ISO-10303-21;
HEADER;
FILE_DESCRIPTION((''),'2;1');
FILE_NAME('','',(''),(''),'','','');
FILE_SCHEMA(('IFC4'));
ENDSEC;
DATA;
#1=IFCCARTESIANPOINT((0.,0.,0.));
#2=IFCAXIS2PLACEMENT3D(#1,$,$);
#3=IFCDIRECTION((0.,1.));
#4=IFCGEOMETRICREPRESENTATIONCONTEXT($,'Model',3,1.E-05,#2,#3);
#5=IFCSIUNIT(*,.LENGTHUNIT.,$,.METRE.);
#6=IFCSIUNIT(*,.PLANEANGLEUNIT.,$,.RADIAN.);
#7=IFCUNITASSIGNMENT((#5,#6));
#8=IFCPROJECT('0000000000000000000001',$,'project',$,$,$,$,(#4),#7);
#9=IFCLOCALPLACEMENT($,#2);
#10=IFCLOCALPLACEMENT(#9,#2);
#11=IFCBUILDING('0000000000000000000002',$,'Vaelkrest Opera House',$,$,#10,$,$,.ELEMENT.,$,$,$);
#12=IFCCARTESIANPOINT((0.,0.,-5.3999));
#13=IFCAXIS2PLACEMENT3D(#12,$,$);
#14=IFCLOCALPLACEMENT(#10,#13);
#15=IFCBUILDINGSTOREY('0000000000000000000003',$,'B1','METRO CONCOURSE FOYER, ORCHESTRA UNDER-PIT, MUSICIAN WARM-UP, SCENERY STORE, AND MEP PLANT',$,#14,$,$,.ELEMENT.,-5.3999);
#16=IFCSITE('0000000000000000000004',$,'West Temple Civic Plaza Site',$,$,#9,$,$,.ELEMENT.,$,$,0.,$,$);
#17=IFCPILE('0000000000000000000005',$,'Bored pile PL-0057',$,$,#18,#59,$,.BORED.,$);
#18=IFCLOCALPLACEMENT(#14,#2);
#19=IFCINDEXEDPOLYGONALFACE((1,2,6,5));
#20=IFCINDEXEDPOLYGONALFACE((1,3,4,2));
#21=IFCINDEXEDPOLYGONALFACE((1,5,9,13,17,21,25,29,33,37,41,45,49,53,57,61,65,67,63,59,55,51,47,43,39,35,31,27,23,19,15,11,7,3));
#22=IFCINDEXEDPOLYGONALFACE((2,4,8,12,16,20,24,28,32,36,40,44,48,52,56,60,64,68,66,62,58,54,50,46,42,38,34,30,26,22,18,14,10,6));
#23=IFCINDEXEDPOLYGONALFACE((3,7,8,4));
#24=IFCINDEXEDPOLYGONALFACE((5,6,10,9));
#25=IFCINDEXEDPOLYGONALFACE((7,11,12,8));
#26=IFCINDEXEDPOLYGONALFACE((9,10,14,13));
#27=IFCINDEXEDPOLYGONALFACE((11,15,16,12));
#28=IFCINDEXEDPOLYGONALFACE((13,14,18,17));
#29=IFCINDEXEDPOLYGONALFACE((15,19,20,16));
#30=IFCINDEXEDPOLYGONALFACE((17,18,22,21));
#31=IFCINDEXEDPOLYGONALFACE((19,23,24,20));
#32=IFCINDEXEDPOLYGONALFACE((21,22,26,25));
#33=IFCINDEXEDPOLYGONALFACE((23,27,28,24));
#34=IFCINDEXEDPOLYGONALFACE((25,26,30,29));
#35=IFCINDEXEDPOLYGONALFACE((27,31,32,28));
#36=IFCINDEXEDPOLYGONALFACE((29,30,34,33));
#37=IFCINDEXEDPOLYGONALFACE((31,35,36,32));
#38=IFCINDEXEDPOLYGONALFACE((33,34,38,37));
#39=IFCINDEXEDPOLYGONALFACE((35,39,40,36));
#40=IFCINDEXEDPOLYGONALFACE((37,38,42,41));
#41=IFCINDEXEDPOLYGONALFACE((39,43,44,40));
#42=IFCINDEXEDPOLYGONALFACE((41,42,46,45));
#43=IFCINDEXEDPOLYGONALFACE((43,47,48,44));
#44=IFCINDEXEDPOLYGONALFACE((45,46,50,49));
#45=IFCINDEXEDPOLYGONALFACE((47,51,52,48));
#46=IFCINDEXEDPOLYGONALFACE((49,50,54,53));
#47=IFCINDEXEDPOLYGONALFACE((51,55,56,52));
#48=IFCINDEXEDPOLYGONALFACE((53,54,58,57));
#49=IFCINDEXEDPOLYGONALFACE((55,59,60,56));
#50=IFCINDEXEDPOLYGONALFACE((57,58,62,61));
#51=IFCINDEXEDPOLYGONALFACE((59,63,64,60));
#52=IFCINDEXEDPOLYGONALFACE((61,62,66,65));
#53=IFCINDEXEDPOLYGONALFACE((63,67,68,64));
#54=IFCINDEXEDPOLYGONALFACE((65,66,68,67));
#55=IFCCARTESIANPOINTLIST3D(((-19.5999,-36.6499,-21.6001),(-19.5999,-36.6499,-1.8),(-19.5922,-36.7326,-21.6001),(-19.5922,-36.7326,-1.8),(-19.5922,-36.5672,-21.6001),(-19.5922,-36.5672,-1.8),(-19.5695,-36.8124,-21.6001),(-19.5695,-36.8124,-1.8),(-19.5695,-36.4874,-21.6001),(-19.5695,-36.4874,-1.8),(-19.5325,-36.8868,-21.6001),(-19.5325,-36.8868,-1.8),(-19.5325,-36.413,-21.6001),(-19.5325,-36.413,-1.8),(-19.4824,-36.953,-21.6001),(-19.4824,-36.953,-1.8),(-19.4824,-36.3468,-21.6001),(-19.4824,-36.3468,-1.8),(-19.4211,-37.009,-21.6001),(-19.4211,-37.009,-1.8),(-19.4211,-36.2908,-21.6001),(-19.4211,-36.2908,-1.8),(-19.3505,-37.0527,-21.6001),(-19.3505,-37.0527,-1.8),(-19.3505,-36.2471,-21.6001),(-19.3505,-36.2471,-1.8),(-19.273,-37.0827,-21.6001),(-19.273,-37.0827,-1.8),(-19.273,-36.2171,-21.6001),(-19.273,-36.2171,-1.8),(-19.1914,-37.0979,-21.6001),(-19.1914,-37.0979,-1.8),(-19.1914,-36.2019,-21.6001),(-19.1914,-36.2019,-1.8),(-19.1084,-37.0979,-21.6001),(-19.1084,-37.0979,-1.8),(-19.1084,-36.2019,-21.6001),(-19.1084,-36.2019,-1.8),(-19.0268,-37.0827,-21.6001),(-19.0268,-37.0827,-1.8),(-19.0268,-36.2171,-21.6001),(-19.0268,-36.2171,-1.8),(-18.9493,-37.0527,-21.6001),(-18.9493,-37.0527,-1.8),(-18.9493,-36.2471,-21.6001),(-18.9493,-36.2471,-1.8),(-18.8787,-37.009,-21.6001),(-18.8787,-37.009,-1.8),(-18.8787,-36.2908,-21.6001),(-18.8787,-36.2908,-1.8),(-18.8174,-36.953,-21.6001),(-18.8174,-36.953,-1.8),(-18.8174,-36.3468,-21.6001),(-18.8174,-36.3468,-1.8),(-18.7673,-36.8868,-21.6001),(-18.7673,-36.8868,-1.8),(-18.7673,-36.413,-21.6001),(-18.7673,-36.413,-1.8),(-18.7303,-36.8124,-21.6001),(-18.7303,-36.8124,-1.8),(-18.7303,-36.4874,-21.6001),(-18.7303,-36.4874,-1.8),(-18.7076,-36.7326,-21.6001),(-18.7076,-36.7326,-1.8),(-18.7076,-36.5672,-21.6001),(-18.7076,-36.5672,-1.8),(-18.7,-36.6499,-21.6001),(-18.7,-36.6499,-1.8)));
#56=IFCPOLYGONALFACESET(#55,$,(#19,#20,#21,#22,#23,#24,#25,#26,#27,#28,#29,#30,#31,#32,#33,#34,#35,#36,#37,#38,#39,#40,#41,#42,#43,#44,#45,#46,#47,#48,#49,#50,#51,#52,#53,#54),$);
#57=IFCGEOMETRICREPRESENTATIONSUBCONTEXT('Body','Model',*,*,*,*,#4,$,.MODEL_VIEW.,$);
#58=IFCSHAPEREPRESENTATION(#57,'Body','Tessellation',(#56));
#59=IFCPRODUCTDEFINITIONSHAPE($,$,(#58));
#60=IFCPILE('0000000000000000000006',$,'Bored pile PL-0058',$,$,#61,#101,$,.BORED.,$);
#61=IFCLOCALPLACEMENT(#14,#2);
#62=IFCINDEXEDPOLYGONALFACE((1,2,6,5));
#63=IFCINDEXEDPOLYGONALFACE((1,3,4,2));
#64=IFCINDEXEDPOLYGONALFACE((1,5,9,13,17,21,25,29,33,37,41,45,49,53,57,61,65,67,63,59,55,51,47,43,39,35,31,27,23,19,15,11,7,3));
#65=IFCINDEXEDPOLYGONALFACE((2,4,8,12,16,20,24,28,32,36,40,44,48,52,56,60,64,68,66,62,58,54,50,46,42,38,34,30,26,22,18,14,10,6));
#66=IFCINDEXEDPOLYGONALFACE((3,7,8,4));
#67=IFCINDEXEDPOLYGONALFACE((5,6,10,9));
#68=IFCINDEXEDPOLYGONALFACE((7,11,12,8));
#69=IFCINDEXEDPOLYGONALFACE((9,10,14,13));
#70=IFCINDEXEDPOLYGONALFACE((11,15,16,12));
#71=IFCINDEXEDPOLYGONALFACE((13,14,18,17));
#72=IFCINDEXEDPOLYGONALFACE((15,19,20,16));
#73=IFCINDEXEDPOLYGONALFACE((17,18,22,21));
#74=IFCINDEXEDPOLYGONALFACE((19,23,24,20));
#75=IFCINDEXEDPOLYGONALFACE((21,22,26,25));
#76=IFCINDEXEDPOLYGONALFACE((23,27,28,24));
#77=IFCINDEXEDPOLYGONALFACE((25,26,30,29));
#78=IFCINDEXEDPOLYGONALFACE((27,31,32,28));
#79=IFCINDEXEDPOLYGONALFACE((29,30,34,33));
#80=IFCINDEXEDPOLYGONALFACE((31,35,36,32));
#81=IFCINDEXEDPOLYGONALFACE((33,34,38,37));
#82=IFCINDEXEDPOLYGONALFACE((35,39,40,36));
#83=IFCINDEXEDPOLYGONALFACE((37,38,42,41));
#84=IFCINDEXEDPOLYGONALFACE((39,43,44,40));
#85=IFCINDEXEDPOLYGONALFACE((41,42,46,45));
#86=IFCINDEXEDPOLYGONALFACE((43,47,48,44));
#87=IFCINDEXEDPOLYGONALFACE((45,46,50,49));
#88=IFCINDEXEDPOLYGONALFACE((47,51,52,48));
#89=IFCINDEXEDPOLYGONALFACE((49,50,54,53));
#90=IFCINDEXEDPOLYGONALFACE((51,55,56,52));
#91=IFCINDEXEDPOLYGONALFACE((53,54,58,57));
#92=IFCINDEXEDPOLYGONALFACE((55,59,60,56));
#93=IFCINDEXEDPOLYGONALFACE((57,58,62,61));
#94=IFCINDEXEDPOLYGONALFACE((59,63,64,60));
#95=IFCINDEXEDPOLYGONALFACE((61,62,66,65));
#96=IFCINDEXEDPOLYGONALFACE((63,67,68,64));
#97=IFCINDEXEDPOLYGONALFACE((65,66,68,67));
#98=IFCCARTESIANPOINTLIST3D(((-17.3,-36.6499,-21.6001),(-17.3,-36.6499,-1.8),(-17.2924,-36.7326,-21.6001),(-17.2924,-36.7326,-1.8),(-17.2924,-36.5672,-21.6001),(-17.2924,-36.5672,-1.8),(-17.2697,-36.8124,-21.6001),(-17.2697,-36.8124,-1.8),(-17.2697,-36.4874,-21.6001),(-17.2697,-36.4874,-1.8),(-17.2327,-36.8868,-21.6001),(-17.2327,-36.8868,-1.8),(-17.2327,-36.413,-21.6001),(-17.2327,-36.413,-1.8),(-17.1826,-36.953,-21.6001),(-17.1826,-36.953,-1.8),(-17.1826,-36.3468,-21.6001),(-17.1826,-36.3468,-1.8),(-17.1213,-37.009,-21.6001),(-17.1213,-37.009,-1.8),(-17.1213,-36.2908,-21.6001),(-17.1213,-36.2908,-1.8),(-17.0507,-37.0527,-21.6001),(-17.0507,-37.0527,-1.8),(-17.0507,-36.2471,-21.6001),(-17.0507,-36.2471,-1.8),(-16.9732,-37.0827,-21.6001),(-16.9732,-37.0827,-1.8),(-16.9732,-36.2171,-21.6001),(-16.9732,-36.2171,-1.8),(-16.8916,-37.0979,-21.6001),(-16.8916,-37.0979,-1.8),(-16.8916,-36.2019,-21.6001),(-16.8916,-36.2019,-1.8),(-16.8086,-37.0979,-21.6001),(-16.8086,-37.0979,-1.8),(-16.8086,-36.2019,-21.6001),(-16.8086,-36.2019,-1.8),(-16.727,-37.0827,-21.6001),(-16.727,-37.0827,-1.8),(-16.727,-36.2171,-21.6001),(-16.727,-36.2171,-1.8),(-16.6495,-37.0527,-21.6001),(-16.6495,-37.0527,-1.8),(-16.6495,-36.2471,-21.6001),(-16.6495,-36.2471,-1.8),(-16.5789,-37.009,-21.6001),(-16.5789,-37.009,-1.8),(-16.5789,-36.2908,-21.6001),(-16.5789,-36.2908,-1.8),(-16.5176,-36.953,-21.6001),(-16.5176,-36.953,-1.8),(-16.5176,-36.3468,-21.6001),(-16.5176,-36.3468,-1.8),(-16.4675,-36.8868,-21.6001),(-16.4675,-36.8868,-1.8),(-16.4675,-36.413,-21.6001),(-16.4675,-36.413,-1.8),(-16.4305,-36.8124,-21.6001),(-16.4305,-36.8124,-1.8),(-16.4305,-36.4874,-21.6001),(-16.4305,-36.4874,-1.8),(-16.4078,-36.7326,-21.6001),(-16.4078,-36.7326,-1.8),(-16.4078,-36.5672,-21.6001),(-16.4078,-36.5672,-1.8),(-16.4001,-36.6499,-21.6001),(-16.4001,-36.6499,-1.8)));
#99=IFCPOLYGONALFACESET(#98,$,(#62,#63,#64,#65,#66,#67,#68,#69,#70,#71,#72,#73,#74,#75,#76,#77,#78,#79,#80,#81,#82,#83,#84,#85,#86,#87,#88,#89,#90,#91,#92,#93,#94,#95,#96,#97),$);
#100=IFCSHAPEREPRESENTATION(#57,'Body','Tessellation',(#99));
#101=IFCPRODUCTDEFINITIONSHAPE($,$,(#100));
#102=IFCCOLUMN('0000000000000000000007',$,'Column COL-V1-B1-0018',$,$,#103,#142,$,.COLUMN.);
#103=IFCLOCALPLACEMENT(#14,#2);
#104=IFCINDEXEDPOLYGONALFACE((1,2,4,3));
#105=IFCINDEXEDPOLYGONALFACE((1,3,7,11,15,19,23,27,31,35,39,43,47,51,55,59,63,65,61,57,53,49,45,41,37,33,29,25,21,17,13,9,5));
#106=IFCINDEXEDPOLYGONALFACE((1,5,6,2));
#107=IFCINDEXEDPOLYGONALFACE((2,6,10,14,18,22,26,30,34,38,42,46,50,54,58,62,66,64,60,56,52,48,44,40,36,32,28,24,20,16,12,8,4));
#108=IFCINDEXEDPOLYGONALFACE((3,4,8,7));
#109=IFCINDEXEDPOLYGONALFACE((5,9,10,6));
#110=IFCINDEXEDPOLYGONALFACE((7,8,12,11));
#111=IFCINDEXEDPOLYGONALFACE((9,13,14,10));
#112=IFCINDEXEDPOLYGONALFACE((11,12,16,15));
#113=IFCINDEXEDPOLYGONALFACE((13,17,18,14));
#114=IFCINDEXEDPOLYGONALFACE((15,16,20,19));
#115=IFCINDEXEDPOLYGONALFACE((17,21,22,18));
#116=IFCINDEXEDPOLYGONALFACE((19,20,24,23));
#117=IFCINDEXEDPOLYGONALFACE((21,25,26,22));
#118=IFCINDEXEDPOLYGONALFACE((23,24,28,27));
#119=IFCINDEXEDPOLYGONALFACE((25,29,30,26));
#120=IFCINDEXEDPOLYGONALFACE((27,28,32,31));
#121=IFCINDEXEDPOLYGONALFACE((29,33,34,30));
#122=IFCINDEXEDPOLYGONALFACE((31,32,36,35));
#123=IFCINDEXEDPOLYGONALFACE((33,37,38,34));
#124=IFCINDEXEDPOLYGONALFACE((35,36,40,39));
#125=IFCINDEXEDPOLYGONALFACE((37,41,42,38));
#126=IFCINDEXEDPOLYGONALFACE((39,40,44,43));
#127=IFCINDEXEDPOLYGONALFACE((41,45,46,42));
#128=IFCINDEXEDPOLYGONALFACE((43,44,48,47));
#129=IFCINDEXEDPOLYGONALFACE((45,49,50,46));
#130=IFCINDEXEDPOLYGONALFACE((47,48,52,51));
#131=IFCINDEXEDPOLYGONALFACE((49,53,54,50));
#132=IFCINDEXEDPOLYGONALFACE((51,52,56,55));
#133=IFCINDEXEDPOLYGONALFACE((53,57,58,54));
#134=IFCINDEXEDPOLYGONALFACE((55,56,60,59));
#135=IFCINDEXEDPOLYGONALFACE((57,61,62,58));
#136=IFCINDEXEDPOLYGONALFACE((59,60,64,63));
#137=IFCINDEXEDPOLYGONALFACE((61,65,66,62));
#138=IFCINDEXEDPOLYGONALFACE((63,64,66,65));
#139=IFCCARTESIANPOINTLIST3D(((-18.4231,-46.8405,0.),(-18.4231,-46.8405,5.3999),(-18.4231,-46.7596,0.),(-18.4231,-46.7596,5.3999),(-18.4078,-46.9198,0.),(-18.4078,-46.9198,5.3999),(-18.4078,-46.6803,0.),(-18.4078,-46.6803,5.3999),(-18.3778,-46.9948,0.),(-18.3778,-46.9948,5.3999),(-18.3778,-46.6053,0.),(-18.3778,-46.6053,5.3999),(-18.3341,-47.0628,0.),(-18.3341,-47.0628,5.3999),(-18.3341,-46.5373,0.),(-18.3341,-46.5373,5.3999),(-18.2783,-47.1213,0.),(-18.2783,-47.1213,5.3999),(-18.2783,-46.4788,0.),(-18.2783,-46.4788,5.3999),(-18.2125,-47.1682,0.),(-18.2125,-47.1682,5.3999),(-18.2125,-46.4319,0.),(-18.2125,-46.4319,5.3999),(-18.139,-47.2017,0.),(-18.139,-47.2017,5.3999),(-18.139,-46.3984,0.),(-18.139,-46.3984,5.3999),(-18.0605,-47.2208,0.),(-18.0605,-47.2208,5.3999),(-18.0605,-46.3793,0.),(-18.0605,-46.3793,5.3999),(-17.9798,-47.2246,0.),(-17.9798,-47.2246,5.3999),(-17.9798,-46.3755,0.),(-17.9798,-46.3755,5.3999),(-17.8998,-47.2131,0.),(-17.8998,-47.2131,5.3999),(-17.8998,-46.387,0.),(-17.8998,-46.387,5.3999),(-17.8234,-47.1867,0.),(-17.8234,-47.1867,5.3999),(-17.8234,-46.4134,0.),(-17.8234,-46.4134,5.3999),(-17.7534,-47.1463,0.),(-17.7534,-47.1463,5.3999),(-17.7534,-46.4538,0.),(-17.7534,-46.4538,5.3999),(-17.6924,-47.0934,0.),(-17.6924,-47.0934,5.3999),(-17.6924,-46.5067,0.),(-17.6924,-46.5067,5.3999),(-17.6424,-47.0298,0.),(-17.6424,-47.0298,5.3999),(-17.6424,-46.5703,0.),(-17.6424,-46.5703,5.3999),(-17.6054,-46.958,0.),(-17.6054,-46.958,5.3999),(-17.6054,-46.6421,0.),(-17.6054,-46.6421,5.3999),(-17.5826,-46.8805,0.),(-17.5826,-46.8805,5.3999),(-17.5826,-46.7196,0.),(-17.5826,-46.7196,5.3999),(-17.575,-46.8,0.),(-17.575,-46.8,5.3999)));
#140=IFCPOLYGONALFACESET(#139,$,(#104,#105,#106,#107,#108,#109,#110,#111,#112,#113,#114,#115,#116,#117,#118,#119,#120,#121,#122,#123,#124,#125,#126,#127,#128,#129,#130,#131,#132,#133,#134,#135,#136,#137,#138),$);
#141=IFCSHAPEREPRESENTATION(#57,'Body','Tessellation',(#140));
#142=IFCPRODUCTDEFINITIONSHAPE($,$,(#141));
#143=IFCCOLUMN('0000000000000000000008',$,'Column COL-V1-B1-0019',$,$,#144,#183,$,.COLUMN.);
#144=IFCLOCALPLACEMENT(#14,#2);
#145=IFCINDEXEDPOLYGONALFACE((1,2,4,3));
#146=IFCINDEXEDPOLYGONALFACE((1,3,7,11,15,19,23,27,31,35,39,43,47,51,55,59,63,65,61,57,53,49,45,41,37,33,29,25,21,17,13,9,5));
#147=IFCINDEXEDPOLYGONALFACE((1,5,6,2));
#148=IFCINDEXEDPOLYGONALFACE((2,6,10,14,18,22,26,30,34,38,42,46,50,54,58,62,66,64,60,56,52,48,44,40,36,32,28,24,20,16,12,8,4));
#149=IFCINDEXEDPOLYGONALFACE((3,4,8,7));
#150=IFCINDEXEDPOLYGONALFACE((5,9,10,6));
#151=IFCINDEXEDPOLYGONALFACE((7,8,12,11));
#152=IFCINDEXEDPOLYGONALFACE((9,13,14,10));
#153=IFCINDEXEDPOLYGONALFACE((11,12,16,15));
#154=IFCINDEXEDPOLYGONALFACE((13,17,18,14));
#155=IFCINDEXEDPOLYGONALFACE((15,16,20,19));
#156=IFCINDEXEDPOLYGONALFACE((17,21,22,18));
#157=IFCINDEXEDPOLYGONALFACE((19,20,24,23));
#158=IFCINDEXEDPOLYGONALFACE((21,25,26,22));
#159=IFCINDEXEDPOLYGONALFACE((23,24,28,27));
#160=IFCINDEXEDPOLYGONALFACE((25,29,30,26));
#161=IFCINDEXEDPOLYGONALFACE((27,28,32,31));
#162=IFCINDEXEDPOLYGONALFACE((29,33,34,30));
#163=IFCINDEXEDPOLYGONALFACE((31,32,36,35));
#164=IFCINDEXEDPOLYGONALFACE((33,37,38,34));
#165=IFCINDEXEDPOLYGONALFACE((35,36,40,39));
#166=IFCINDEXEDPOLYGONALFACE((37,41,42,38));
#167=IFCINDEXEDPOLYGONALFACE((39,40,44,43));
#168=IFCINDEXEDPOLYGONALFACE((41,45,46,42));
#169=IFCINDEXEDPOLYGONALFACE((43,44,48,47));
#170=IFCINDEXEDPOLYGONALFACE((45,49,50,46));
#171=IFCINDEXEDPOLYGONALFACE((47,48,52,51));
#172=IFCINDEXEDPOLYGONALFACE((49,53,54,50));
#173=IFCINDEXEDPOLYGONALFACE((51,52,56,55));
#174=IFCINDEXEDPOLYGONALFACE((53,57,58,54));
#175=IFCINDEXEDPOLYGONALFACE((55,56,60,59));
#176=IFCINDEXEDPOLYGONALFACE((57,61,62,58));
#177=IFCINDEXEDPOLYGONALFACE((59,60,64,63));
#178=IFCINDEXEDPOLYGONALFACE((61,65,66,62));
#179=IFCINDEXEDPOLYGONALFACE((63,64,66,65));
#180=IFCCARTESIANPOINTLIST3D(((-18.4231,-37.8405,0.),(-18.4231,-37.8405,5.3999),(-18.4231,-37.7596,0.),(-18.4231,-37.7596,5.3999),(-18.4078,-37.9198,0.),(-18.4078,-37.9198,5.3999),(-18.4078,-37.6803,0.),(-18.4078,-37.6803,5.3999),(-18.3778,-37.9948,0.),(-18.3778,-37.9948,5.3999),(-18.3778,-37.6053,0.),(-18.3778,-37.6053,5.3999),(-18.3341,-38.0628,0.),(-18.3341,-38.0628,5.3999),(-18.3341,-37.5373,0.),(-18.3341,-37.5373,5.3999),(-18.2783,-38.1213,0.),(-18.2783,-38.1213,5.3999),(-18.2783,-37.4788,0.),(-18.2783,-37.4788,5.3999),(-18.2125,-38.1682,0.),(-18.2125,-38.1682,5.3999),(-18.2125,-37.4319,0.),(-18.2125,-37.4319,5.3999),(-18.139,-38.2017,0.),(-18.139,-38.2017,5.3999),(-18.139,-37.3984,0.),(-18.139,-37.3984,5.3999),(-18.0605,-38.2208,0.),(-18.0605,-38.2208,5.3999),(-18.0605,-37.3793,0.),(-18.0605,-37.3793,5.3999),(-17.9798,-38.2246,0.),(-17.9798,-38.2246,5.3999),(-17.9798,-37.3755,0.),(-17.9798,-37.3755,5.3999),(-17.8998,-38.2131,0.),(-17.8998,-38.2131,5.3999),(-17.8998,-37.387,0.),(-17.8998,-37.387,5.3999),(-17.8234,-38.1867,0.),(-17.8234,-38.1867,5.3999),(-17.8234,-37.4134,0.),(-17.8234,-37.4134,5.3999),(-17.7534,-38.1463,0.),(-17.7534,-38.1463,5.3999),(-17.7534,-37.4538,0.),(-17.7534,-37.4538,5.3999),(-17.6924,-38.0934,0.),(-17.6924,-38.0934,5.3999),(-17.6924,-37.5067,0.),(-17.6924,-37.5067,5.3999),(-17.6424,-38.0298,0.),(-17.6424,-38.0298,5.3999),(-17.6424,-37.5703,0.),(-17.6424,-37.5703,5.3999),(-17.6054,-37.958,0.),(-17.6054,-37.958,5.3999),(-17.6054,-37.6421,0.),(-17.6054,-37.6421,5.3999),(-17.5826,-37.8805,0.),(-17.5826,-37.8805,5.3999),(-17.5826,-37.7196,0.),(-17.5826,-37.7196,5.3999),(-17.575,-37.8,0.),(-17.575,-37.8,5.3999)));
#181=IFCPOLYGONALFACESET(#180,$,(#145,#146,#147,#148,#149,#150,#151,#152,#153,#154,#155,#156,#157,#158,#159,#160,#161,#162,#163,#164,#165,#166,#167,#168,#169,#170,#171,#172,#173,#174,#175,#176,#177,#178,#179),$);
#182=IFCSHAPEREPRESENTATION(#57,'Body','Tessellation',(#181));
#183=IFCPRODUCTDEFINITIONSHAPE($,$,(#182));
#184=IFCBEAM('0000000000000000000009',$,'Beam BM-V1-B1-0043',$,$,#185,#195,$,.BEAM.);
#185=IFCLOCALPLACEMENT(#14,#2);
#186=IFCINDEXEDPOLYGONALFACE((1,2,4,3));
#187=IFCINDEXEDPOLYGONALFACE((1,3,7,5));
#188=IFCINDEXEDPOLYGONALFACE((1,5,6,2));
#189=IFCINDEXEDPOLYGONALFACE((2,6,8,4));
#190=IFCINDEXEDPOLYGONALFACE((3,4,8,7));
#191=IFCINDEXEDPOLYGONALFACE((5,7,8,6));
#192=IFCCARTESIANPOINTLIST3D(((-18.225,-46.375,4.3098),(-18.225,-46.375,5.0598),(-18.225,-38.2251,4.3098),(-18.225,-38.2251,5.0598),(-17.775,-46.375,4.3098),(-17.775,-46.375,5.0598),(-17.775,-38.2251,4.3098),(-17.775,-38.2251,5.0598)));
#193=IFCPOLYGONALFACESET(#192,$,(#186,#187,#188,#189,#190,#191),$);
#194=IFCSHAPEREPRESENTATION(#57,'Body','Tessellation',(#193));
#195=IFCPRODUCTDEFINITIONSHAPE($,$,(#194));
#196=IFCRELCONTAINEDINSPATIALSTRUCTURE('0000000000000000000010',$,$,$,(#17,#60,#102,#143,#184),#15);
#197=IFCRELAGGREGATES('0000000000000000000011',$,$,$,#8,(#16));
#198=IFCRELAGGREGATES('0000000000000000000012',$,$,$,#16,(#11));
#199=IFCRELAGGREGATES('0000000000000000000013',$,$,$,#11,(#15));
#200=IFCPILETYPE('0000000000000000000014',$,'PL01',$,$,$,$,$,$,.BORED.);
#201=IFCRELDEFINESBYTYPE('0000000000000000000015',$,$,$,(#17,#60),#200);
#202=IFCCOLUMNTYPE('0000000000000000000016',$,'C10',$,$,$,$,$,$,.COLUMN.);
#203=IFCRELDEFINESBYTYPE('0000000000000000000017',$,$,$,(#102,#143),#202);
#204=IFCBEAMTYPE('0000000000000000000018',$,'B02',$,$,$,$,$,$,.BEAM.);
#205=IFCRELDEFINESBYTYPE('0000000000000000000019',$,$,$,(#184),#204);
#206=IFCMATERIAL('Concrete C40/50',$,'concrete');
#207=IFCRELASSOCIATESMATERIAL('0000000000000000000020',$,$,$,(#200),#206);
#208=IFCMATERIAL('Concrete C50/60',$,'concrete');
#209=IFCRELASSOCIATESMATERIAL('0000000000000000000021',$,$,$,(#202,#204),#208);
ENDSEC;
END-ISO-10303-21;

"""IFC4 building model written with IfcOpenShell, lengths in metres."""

from ifc_helpers import new_model, si_unit, direction, frame, origin, origin_2d, place, context, subcontext, project, spatial, rectangle, circle, extrude, material, material_profile, profile_set, type_object, element, save


model = new_model("IFC4")

# Units and contexts
model_context = context("Model", 3, precision=1e-05, world=origin(), true_north=direction((0.0, 1.0)))
body_context = subcontext(model_context, "Body", "Model", "MODEL_VIEW")
ifc_project = project(units=[si_unit("LENGTHUNIT", "METRE"), si_unit("PLANEANGLEUNIT", "RADIAN")], contexts=[model_context])

# Site, building, storey
site_placement = place(None, origin())
site = spatial("IfcSite", under=ifc_project, at=site_placement, Name="West Temple Civic Plaza Site", CompositionType="ELEMENT", RefElevation=0.0)
building_placement = place(site_placement, origin())
building = spatial("IfcBuilding", under=site, at=building_placement, Name="Vaelkrest Opera House", CompositionType="ELEMENT")
storey_placement = place(building_placement, frame((0.0, 0.0, -5.3999)))
storey = spatial("IfcBuildingStorey", under=building, at=storey_placement, Name="B1", Description="METRO CONCOURSE FOYER, ORCHESTRA UNDER-PIT, MUSICIAN WARM-UP, SCENERY STORE, AND MEP PLANT", CompositionType="ELEMENT", Elevation=-5.3999)

# Shared definitions
ifc_material_1 = material(Name="Concrete C40/50", Category="concrete")

# Piles
ifc_material_profile_1 = material_profile(ifc_material_1, circle(Radius=0.45, at=origin_2d()), Name="PILE900")
ifc_profile_set_1 = profile_set([ifc_material_profile_1], Name="Concrete C40/50")
pile_type = type_object("IfcPileType", Name="PL01", PredefinedType="BORED", material=ifc_profile_set_1)
for number, where, z_axis, x_axis, name in (
    (1, (-19.1499, -36.6499, -1.8), (0.0, 0.0, -1.0), (1.0, 0.0, 0.0), "Bored pile PL-0057"),
    (2, (-16.8501, -36.6499, -1.8), (0.0, 0.0, -1.0), (1.0, 0.0, 0.0), "Bored pile PL-0058"),
):
    element("IfcPile", number, at=place(storey_placement, frame(where, z_axis=z_axis, x_axis=x_axis)), inside=storey, type_object=pile_type, Name=name, PredefinedType="BORED", context=body_context, shape_type="SweptSolid", body=[
        extrude(circle(Radius=0.45, at=origin_2d()), origin(), (0.0, 0.0, 1.0), 19.8),
    ])

# Columns
ifc_material_2 = material(Name="Concrete C50/60", Category="concrete")
ifc_material_profile_2 = material_profile(ifc_material_2, circle(Radius=0.425, at=origin_2d()), Name="RCD850")
ifc_profile_set_2 = profile_set([ifc_material_profile_2], Name="Concrete C50/60")
column_type = type_object("IfcColumnType", Name="C10", PredefinedType="COLUMN", material=ifc_profile_set_2)
for number, where, z_axis, x_axis, name in (
    (3, (-18.0, -46.8, 0.0), (0.0, 0.0, 1.0), (1.0, 0.0, 0.0), "Column COL-V1-B1-0018"),
    (4, (-18.0, -37.8, 0.0), (0.0, 0.0, 1.0), (1.0, 0.0, 0.0), "Column COL-V1-B1-0019"),
):
    element("IfcColumn", number, at=place(storey_placement, frame(where, z_axis=z_axis, x_axis=x_axis)), inside=storey, type_object=column_type, Name=name, PredefinedType="COLUMN", context=body_context, shape_type="SweptSolid", body=[
        extrude(circle(Radius=0.425, at=origin_2d()), origin(), (0.0, 0.0, 1.0), 5.3999),
    ])

# Beam
ifc_material_profile_3 = material_profile(ifc_material_2, rectangle(XDim=0.45, YDim=0.75, at=origin_2d()), Name="RCB450X750")
ifc_profile_set_3 = profile_set([ifc_material_profile_3], Name="Concrete C50/60")
beam_type_1 = type_object("IfcBeamType", Name="B02", PredefinedType="BEAM", material=ifc_profile_set_3)
beam_1_placement = place(storey_placement, frame((-18.0, -46.375, 4.6848), z_axis=(0.0, 1.0, 0.0), x_axis=(-1.0, 0.0, 0.0)))
element("IfcBeam", 5, at=beam_1_placement, inside=storey, type_object=beam_type_1, Name="Beam BM-V1-B1-0043", PredefinedType="BEAM", context=body_context, shape_type="SweptSolid", body=[
    extrude(rectangle(XDim=0.45, YDim=0.75, at=origin_2d()), origin(), (0.0, 0.0, 1.0), 8.1499),
])

save(model, "model.ifc")
